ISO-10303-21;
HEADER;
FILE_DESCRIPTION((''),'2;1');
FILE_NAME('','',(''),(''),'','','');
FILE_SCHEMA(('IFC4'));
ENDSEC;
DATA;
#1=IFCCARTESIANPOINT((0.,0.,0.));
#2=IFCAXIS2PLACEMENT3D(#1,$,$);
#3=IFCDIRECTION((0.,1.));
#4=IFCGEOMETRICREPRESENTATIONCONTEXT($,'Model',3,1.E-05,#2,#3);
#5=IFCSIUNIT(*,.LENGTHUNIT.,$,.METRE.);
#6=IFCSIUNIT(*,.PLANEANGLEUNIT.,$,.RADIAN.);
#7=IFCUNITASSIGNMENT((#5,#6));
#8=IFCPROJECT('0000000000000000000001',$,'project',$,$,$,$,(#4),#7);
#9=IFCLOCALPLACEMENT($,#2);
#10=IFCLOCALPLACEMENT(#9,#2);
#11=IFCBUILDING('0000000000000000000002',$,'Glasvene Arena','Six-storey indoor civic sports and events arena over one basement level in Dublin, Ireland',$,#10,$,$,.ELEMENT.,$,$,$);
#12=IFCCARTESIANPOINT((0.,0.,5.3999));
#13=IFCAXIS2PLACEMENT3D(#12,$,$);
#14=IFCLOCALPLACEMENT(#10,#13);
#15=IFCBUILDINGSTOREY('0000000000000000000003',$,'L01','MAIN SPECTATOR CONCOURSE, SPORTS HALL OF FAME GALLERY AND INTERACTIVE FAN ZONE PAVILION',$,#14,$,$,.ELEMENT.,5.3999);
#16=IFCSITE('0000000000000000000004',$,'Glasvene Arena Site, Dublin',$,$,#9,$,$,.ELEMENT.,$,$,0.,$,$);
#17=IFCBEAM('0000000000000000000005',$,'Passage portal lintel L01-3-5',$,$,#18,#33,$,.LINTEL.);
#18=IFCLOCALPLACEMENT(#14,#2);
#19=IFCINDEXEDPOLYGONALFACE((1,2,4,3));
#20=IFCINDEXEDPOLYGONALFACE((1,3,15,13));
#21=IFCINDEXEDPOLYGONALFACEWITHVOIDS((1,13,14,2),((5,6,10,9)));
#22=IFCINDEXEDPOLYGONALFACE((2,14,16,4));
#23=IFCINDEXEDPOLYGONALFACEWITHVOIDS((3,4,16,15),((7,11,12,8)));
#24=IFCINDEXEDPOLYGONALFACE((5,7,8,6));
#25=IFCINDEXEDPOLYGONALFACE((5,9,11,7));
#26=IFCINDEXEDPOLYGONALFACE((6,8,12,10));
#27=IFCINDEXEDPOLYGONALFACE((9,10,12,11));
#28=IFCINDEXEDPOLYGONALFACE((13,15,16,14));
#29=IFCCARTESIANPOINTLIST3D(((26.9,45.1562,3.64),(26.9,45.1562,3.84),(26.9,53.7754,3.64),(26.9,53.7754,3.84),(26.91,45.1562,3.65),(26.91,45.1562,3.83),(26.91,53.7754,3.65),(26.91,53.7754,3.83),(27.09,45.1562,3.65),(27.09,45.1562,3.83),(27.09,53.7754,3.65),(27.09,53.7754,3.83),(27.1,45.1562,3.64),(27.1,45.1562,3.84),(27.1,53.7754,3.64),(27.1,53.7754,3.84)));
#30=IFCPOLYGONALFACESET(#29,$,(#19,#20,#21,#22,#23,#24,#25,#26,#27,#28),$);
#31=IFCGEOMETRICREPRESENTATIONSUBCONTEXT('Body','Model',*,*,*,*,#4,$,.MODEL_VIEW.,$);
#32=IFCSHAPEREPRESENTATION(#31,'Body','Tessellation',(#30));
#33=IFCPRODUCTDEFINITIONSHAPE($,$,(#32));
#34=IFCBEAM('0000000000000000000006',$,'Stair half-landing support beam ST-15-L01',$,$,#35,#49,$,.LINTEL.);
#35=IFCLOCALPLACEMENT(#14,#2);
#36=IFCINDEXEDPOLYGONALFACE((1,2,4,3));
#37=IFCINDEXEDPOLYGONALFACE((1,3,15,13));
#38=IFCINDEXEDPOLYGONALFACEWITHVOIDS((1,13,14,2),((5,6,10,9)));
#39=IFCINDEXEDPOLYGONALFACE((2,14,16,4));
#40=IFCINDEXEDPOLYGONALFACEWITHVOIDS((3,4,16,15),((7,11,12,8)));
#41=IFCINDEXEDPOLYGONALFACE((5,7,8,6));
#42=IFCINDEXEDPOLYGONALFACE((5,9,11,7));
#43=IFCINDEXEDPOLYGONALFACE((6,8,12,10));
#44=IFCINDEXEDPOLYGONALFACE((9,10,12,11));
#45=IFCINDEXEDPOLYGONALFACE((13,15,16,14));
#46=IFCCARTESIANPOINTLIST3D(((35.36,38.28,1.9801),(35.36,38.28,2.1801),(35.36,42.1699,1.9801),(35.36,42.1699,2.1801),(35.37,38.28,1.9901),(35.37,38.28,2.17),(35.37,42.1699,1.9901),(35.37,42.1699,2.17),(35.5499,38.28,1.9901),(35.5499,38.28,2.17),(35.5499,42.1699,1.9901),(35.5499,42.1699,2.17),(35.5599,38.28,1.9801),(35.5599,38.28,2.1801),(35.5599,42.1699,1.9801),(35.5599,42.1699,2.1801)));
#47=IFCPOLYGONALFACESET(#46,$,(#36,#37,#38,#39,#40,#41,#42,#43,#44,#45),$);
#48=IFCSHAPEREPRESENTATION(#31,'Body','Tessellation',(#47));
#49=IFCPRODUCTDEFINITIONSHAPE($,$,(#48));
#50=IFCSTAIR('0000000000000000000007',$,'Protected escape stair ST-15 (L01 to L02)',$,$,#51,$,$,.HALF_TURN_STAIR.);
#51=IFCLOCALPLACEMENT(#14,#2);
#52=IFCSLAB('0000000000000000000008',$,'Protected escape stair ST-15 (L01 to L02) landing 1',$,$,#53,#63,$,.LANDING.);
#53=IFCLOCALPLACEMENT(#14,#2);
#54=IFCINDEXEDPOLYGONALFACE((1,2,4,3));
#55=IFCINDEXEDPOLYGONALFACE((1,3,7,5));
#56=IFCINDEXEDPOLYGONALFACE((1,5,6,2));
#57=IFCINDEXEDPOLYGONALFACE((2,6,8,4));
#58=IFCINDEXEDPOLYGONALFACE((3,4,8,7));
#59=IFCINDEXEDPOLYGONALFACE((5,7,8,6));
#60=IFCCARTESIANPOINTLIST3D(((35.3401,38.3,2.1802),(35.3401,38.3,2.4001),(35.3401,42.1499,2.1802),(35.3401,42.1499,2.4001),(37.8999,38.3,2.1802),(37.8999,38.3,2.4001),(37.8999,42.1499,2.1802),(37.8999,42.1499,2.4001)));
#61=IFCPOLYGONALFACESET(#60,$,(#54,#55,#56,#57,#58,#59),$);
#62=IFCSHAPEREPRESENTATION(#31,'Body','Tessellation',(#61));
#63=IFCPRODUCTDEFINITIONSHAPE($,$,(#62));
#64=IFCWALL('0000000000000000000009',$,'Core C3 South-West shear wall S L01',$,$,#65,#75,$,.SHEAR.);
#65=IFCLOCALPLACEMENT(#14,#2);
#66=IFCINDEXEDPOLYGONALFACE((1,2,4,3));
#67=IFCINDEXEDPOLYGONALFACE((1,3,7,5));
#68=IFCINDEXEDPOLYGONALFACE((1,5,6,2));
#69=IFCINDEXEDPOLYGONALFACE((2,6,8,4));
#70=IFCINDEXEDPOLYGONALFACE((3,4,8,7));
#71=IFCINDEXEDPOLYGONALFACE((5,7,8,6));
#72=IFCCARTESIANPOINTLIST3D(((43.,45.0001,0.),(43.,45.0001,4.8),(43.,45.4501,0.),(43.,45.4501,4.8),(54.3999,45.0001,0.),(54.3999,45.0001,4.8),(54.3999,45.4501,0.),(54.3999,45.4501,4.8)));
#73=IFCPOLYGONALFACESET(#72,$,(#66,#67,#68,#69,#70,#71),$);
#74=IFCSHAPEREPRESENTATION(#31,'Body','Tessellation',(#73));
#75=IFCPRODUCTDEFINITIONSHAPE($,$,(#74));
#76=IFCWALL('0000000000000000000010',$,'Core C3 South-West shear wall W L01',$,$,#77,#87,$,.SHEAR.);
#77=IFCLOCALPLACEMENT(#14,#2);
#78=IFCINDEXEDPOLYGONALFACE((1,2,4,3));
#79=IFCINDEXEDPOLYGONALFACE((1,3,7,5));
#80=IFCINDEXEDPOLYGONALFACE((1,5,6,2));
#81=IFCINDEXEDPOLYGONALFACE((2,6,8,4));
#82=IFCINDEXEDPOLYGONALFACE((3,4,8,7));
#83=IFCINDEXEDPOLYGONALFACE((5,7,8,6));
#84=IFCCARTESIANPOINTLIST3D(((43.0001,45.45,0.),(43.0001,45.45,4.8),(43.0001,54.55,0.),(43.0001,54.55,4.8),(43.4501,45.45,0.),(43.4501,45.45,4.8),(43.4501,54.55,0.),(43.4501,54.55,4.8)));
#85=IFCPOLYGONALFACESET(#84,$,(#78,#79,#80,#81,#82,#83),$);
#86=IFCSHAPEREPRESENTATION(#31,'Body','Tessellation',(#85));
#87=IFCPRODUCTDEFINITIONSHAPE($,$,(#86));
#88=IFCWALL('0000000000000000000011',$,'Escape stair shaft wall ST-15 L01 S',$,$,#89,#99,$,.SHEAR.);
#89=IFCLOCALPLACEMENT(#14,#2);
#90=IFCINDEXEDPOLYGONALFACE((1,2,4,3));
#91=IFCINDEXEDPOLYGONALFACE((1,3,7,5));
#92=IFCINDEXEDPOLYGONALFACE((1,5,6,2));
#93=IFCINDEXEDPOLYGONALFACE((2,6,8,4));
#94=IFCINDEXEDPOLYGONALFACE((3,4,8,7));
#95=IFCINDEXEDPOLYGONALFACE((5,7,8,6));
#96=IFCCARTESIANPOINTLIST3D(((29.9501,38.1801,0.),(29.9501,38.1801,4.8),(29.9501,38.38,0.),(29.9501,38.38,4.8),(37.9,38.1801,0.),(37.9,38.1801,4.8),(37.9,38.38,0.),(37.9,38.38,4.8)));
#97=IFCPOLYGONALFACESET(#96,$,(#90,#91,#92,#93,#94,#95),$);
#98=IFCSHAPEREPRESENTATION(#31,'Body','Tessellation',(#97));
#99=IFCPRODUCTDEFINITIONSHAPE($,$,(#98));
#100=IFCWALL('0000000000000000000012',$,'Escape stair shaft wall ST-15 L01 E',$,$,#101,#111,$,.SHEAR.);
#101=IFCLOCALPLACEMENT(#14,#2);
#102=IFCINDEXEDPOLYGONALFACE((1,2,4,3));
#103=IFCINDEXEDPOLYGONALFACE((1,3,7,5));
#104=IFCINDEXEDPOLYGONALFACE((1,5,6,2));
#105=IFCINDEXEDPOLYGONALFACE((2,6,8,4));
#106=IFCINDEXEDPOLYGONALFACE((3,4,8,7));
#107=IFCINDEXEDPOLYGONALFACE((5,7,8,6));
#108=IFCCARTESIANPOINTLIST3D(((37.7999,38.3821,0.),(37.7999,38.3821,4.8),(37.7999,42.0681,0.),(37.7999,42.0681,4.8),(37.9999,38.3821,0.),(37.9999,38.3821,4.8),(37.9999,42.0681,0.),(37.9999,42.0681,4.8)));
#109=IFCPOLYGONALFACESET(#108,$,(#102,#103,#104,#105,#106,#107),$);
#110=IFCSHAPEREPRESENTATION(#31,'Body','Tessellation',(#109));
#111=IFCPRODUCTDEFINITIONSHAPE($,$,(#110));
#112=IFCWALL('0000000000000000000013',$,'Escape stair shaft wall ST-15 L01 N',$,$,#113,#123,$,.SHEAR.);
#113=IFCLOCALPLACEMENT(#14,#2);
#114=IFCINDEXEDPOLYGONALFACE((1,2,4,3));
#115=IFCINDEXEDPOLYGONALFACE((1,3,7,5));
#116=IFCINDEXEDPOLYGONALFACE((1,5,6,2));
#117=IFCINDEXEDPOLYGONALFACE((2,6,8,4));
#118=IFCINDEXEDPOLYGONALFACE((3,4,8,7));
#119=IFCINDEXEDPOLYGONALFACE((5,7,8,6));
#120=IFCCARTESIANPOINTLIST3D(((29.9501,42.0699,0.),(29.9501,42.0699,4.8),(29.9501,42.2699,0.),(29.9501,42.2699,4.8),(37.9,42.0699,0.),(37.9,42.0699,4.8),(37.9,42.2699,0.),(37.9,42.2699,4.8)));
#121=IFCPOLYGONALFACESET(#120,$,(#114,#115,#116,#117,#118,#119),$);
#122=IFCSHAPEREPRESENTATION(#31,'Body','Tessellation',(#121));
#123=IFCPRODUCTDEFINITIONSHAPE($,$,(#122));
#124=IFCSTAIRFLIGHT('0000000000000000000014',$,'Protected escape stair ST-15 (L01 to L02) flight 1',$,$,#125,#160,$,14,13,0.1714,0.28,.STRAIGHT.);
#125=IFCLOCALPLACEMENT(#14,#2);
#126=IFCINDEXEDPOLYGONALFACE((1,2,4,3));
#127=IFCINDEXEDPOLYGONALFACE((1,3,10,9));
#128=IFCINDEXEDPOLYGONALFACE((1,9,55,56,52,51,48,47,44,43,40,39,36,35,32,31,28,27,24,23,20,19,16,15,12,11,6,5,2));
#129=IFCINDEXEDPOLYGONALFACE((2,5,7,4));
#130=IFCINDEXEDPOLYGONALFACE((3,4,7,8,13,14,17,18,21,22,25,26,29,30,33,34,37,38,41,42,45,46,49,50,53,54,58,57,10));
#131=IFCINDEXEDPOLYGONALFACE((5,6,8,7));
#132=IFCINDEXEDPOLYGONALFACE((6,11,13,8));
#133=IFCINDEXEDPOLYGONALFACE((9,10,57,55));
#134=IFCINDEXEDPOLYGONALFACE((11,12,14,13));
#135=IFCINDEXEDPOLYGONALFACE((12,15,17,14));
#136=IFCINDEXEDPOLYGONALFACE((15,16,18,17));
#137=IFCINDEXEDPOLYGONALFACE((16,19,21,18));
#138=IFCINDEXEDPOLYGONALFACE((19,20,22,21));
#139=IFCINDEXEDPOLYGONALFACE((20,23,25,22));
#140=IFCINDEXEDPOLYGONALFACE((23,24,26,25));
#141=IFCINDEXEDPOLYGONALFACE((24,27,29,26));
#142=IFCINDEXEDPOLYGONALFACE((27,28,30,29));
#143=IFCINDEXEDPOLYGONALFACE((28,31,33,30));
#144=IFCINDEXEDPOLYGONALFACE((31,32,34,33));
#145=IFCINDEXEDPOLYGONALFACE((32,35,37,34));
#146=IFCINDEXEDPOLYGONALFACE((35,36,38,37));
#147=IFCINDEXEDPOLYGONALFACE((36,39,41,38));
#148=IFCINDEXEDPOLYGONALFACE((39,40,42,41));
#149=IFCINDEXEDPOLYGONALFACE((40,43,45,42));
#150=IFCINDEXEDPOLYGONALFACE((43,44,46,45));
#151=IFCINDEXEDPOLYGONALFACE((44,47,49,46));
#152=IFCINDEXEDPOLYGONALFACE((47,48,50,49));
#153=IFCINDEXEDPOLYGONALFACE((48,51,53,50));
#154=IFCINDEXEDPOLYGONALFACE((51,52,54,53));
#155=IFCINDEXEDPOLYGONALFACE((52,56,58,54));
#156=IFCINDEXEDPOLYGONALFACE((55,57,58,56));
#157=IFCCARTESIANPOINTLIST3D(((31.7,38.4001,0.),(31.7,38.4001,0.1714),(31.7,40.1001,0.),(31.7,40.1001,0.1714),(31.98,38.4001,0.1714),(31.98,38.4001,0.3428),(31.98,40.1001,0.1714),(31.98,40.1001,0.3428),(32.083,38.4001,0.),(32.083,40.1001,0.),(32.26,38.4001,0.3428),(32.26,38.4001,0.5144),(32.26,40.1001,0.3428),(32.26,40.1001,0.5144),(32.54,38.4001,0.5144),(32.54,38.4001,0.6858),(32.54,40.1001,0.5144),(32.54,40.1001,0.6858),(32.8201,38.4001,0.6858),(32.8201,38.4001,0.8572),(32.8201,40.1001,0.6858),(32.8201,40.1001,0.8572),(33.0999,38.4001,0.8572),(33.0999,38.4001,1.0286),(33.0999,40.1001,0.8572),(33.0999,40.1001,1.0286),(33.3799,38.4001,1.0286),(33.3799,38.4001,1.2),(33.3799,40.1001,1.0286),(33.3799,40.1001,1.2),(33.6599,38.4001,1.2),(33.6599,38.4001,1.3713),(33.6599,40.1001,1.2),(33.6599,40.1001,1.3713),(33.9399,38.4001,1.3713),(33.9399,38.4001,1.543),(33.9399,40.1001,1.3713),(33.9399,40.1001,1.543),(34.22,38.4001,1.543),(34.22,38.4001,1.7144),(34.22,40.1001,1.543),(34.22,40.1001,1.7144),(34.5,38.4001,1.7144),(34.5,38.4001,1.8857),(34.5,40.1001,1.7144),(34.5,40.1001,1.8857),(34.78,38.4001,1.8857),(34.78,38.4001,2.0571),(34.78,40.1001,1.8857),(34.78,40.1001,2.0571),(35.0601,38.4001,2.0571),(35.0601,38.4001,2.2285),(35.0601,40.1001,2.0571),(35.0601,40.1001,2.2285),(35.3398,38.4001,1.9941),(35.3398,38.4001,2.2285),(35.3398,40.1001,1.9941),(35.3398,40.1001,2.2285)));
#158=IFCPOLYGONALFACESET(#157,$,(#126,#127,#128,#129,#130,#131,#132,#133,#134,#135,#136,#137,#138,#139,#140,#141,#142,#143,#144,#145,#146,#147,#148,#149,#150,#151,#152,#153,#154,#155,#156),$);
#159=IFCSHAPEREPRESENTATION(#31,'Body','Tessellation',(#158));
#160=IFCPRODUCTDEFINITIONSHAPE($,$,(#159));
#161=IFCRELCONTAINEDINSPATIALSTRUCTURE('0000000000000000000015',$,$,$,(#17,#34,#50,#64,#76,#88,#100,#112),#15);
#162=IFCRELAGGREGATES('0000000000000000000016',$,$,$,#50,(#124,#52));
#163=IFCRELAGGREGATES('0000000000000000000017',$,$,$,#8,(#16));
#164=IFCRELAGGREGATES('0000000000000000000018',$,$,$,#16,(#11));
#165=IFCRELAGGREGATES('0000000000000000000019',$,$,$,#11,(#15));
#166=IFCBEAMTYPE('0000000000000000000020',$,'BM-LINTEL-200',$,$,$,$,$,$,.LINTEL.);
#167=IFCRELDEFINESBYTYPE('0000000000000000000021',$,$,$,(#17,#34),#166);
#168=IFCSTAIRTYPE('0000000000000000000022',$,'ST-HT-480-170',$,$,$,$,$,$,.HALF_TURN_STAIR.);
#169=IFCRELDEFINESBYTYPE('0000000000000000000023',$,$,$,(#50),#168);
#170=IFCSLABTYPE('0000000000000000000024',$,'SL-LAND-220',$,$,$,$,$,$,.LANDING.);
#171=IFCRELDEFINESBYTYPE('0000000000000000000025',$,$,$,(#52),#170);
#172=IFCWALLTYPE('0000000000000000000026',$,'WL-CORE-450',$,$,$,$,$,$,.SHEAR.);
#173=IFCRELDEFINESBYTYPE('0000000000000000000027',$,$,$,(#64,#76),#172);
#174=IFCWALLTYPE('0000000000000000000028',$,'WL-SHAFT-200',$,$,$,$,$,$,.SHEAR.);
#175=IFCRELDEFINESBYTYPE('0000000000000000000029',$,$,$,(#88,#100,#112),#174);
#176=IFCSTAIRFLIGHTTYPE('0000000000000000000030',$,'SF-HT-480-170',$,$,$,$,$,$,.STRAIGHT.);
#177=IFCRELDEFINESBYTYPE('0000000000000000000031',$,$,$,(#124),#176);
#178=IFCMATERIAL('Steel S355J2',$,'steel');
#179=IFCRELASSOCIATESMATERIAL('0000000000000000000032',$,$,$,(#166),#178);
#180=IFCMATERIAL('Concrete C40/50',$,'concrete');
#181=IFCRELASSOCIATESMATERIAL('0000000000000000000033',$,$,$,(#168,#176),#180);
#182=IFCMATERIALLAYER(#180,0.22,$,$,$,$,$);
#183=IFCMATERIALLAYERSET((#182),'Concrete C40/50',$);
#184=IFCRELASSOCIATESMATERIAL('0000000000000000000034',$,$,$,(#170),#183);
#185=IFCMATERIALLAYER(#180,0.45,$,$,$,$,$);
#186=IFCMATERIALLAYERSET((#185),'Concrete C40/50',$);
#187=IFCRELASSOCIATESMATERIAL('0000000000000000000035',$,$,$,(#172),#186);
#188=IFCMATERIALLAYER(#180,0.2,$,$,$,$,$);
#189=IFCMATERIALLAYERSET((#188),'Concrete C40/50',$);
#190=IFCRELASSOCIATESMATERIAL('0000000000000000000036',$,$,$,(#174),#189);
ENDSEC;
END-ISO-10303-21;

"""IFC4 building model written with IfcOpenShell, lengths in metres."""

from ifc_helpers import new_model, si_unit, direction, frame, frame_2d, origin, origin_2d, place, context, subcontext, project, spatial, polyline, rectangle, hollow_rectangle, outline, extrude, material, layer, layer_set, material_profile, profile_set, type_object, element, aggregate, save


model = new_model("IFC4")

# Units and contexts
model_context = context("Model", 3, precision=1e-05, world=origin(), true_north=direction((0.0, 1.0)))
body_context = subcontext(model_context, "Body", "Model", "MODEL_VIEW")
ifc_project = project(units=[si_unit("LENGTHUNIT", "METRE"), si_unit("PLANEANGLEUNIT", "RADIAN")], contexts=[model_context])

# Site, building, storey
site_placement = place(None, origin())
site = spatial("IfcSite", under=ifc_project, at=site_placement, Name="Glasvene Arena Site, Dublin", CompositionType="ELEMENT", RefElevation=0.0)
building_placement = place(site_placement, origin())
building = spatial("IfcBuilding", under=site, at=building_placement, Name="Glasvene Arena", Description="Six-storey indoor civic sports and events arena over one basement level in Dublin, Ireland", CompositionType="ELEMENT")
storey_placement = place(building_placement, frame((0.0, 0.0, 5.3999)))
storey = spatial("IfcBuildingStorey", under=building, at=storey_placement, Name="L01", Description="MAIN SPECTATOR CONCOURSE, SPORTS HALL OF FAME GALLERY AND INTERACTIVE FAN ZONE PAVILION", CompositionType="ELEMENT", Elevation=5.3999)

# Shared definitions
ifc_material_1 = material(Name="Steel S355J2", Category="steel")

# Beams
ifc_material_profile_1 = material_profile(ifc_material_1, hollow_rectangle(XDim=0.2, YDim=0.2, WallThickness=0.01, at=origin_2d()), Name="SHS 200x200x10.0")
ifc_profile_set_1 = profile_set([ifc_material_profile_1], Name="Steel S355J2")
beam_type_1 = type_object("IfcBeamType", Name="BM-LINTEL-200", PredefinedType="LINTEL", material=ifc_profile_set_1)
for number, where, z_axis, x_axis, name in (
    (1, (27.0, 45.1562, 3.74), (0.0, 1.0, 0.0), (-1.0, 0.0, 0.0), "Passage portal lintel L01-3-5"),
):
    element("IfcBeam", number, at=place(storey_placement, frame(where, z_axis=z_axis, x_axis=x_axis)), inside=storey, type_object=beam_type_1, Name=name, PredefinedType="LINTEL", context=body_context, shape_type="SweptSolid", body=[
        extrude(hollow_rectangle(XDim=0.2, YDim=0.2, WallThickness=0.01, at=origin_2d()), origin(), (0.0, 0.0, 1.0), 8.6191),
    ])
beam_placement = place(storey_placement, frame((35.46, 38.28, 2.0801), z_axis=(0.0, 1.0, 0.0), x_axis=(-1.0, 0.0, 0.0)))
element("IfcBeam", 2, at=beam_placement, inside=storey, type_object=beam_type_1, Name="Stair half-landing support beam ST-15-L01", PredefinedType="LINTEL", context=body_context, shape_type="SweptSolid", body=[
    extrude(hollow_rectangle(XDim=0.2, YDim=0.2, WallThickness=0.01, at=origin_2d()), origin(), (0.0, 0.0, 1.0), 3.8899),
])

# Shared definitions
ifc_material_2 = material(Name="Concrete C40/50", Category="concrete")

# Stair, slab
stair_type = type_object("IfcStairType", Name="ST-HT-480-170", PredefinedType="HALF_TURN_STAIR", material=ifc_material_2)
stair_placement = place(storey_placement, origin())
stair = element("IfcStair", 3, at=stair_placement, inside=storey, type_object=stair_type, Name="Protected escape stair ST-15 (L01 to L02)", PredefinedType="HALF_TURN_STAIR")
ifc_layer_1 = layer(ifc_material_2, 0.22)
ifc_layer_set_1 = layer_set([ifc_layer_1], Name="Concrete C40/50")
slab_type_1 = type_object("IfcSlabType", Name="SL-LAND-220", PredefinedType="LANDING", material=ifc_layer_set_1)
slab_1_placement = place(storey_placement, frame((36.6201, 40.2251, 2.1802)))
slab_1 = element("IfcSlab", 4, at=slab_1_placement, type_object=slab_type_1, Name="Protected escape stair ST-15 (L01 to L02) landing 1", PredefinedType="LANDING", context=body_context, shape_type="SweptSolid", body=[
    extrude(outline(polyline([(-1.28, -1.925), (1.2798, -1.925), (1.2798, 1.9248), (-1.28, 1.9248), (-1.28, -1.925)])), origin(), (0.0, 0.0, 1.0), 0.22),
])

# Walls
ifc_layer_2 = layer(ifc_material_2, 0.45)
ifc_layer_set_2 = layer_set([ifc_layer_2], Name="Concrete C40/50")
wall_type_1 = type_object("IfcWallType", Name="WL-CORE-450", PredefinedType="SHEAR", material=ifc_layer_set_2)
wall_1_placement = place(storey_placement, frame((43.0, 45.2251, 0.0), z_axis=(0.0, 0.0, 1.0), x_axis=(1.0, 0.0, 0.0)))
element("IfcWall", 5, at=wall_1_placement, inside=storey, type_object=wall_type_1, Name="Core C3 South-West shear wall S L01", PredefinedType="SHEAR", context=body_context, shape_type="SweptSolid", body=[
    extrude(rectangle(XDim=11.3999, YDim=0.45, at=frame_2d((5.7, 0.0))), origin(), (0.0, 0.0, 1.0), 4.8),
])
wall_2_placement = place(storey_placement, frame((43.2251, 45.45, 0.0), z_axis=(0.0, 0.0, 1.0), x_axis=(0.0, 1.0, 0.0)))
element("IfcWall", 6, at=wall_2_placement, inside=storey, type_object=wall_type_1, Name="Core C3 South-West shear wall W L01", PredefinedType="SHEAR", context=body_context, shape_type="SweptSolid", body=[
    extrude(rectangle(XDim=9.1001, YDim=0.45, at=frame_2d((4.55, 0.0))), origin(), (0.0, 0.0, 1.0), 4.8),
])
ifc_layer_3 = layer(ifc_material_2, 0.2)
ifc_layer_set_3 = layer_set([ifc_layer_3], Name="Concrete C40/50")
wall_type_2 = type_object("IfcWallType", Name="WL-SHAFT-200", PredefinedType="SHEAR", material=ifc_layer_set_3)
wall_3_placement = place(storey_placement, frame((29.95, 38.28, 0.0), z_axis=(0.0, 0.0, 1.0), x_axis=(1.0, 0.0, 0.0)))
element("IfcWall", 7, at=wall_3_placement, inside=storey, type_object=wall_type_2, Name="Escape stair shaft wall ST-15 L01 S", PredefinedType="SHEAR", context=body_context, shape_type="SweptSolid", body=[
    extrude(rectangle(XDim=7.95, YDim=0.2, at=frame_2d((3.9751, 0.0))), origin(), (0.0, 0.0, 1.0), 4.8),
])

# Walls
wall_4_placement = place(storey_placement, frame((37.8999, 38.3821, 0.0), z_axis=(0.0, 0.0, 1.0), x_axis=(0.0, 1.0, 0.0)))
element("IfcWall", 8, at=wall_4_placement, inside=storey, type_object=wall_type_2, Name="Escape stair shaft wall ST-15 L01 E", PredefinedType="SHEAR", context=body_context, shape_type="SweptSolid", body=[
    extrude(rectangle(XDim=3.686, YDim=0.2, at=frame_2d((1.843, 0.0))), origin(), (0.0, 0.0, 1.0), 4.8),
])
wall_5_placement = place(storey_placement, frame((29.95, 42.1699, 0.0), z_axis=(0.0, 0.0, 1.0), x_axis=(1.0, 0.0, 0.0)))
element("IfcWall", 9, at=wall_5_placement, inside=storey, type_object=wall_type_2, Name="Escape stair shaft wall ST-15 L01 N", PredefinedType="SHEAR", context=body_context, shape_type="SweptSolid", body=[
    extrude(rectangle(XDim=7.95, YDim=0.2, at=frame_2d((3.9751, 0.0))), origin(), (0.0, 0.0, 1.0), 4.8),
])

# Stair flight
stair_flight_type = type_object("IfcStairFlightType", Name="SF-HT-480-170", PredefinedType="STRAIGHT", material=ifc_material_2)
stair_flight_1_placement = place(storey_placement, frame((31.7, 39.25, 0.0), z_axis=(0.0, 0.0, 1.0), x_axis=(1.0, 0.0, 0.0)))
stair_flight_1 = element("IfcStairFlight", 10, at=stair_flight_1_placement, type_object=stair_flight_type, Name="Protected escape stair ST-15 (L01 to L02) flight 1", NumberOfRisers=14, NumberOfTreads=13, PredefinedType="STRAIGHT", RiserHeight=0.1714, TreadLength=0.28, context=body_context, shape_type="SweptSolid", body=[
    extrude(outline(polyline([(0.0, 0.0), (0.0, 0.1714), (0.28, 0.1714), (0.28, 0.3428), (0.5601, 0.3428), (0.5601, 0.5144), (0.8401, 0.5144), (0.8401, 0.6858), (1.1201, 0.6858), (1.1201, 0.8572), (1.3999, 0.8572), (1.3999, 1.0286), (1.6799, 1.0286), (1.6799, 1.2), (1.96, 1.2), (1.96, 1.3713), (2.24, 1.3713), (2.24, 1.543), (2.52, 1.543), (2.52, 1.7144), (2.8, 1.7144), (2.8, 1.8857), (3.0801, 1.8857), (3.0801, 2.0571), (3.3601, 2.0571), (3.3601, 2.2285), (3.6399, 2.2285), (3.6399, 2.3999), (3.6399, 1.9941), (0.3831, 0.0), (0.0, 0.0)])), frame((0.0, 0.8501, 0.0), z_axis=(0.0, -1.0, 0.0), x_axis=(1.0, 0.0, 0.0)), (0.0, 0.0, 1.0), 1.7),
])
aggregate(stair, [stair_flight_1, slab_1])

save(model, "model.ifc")
